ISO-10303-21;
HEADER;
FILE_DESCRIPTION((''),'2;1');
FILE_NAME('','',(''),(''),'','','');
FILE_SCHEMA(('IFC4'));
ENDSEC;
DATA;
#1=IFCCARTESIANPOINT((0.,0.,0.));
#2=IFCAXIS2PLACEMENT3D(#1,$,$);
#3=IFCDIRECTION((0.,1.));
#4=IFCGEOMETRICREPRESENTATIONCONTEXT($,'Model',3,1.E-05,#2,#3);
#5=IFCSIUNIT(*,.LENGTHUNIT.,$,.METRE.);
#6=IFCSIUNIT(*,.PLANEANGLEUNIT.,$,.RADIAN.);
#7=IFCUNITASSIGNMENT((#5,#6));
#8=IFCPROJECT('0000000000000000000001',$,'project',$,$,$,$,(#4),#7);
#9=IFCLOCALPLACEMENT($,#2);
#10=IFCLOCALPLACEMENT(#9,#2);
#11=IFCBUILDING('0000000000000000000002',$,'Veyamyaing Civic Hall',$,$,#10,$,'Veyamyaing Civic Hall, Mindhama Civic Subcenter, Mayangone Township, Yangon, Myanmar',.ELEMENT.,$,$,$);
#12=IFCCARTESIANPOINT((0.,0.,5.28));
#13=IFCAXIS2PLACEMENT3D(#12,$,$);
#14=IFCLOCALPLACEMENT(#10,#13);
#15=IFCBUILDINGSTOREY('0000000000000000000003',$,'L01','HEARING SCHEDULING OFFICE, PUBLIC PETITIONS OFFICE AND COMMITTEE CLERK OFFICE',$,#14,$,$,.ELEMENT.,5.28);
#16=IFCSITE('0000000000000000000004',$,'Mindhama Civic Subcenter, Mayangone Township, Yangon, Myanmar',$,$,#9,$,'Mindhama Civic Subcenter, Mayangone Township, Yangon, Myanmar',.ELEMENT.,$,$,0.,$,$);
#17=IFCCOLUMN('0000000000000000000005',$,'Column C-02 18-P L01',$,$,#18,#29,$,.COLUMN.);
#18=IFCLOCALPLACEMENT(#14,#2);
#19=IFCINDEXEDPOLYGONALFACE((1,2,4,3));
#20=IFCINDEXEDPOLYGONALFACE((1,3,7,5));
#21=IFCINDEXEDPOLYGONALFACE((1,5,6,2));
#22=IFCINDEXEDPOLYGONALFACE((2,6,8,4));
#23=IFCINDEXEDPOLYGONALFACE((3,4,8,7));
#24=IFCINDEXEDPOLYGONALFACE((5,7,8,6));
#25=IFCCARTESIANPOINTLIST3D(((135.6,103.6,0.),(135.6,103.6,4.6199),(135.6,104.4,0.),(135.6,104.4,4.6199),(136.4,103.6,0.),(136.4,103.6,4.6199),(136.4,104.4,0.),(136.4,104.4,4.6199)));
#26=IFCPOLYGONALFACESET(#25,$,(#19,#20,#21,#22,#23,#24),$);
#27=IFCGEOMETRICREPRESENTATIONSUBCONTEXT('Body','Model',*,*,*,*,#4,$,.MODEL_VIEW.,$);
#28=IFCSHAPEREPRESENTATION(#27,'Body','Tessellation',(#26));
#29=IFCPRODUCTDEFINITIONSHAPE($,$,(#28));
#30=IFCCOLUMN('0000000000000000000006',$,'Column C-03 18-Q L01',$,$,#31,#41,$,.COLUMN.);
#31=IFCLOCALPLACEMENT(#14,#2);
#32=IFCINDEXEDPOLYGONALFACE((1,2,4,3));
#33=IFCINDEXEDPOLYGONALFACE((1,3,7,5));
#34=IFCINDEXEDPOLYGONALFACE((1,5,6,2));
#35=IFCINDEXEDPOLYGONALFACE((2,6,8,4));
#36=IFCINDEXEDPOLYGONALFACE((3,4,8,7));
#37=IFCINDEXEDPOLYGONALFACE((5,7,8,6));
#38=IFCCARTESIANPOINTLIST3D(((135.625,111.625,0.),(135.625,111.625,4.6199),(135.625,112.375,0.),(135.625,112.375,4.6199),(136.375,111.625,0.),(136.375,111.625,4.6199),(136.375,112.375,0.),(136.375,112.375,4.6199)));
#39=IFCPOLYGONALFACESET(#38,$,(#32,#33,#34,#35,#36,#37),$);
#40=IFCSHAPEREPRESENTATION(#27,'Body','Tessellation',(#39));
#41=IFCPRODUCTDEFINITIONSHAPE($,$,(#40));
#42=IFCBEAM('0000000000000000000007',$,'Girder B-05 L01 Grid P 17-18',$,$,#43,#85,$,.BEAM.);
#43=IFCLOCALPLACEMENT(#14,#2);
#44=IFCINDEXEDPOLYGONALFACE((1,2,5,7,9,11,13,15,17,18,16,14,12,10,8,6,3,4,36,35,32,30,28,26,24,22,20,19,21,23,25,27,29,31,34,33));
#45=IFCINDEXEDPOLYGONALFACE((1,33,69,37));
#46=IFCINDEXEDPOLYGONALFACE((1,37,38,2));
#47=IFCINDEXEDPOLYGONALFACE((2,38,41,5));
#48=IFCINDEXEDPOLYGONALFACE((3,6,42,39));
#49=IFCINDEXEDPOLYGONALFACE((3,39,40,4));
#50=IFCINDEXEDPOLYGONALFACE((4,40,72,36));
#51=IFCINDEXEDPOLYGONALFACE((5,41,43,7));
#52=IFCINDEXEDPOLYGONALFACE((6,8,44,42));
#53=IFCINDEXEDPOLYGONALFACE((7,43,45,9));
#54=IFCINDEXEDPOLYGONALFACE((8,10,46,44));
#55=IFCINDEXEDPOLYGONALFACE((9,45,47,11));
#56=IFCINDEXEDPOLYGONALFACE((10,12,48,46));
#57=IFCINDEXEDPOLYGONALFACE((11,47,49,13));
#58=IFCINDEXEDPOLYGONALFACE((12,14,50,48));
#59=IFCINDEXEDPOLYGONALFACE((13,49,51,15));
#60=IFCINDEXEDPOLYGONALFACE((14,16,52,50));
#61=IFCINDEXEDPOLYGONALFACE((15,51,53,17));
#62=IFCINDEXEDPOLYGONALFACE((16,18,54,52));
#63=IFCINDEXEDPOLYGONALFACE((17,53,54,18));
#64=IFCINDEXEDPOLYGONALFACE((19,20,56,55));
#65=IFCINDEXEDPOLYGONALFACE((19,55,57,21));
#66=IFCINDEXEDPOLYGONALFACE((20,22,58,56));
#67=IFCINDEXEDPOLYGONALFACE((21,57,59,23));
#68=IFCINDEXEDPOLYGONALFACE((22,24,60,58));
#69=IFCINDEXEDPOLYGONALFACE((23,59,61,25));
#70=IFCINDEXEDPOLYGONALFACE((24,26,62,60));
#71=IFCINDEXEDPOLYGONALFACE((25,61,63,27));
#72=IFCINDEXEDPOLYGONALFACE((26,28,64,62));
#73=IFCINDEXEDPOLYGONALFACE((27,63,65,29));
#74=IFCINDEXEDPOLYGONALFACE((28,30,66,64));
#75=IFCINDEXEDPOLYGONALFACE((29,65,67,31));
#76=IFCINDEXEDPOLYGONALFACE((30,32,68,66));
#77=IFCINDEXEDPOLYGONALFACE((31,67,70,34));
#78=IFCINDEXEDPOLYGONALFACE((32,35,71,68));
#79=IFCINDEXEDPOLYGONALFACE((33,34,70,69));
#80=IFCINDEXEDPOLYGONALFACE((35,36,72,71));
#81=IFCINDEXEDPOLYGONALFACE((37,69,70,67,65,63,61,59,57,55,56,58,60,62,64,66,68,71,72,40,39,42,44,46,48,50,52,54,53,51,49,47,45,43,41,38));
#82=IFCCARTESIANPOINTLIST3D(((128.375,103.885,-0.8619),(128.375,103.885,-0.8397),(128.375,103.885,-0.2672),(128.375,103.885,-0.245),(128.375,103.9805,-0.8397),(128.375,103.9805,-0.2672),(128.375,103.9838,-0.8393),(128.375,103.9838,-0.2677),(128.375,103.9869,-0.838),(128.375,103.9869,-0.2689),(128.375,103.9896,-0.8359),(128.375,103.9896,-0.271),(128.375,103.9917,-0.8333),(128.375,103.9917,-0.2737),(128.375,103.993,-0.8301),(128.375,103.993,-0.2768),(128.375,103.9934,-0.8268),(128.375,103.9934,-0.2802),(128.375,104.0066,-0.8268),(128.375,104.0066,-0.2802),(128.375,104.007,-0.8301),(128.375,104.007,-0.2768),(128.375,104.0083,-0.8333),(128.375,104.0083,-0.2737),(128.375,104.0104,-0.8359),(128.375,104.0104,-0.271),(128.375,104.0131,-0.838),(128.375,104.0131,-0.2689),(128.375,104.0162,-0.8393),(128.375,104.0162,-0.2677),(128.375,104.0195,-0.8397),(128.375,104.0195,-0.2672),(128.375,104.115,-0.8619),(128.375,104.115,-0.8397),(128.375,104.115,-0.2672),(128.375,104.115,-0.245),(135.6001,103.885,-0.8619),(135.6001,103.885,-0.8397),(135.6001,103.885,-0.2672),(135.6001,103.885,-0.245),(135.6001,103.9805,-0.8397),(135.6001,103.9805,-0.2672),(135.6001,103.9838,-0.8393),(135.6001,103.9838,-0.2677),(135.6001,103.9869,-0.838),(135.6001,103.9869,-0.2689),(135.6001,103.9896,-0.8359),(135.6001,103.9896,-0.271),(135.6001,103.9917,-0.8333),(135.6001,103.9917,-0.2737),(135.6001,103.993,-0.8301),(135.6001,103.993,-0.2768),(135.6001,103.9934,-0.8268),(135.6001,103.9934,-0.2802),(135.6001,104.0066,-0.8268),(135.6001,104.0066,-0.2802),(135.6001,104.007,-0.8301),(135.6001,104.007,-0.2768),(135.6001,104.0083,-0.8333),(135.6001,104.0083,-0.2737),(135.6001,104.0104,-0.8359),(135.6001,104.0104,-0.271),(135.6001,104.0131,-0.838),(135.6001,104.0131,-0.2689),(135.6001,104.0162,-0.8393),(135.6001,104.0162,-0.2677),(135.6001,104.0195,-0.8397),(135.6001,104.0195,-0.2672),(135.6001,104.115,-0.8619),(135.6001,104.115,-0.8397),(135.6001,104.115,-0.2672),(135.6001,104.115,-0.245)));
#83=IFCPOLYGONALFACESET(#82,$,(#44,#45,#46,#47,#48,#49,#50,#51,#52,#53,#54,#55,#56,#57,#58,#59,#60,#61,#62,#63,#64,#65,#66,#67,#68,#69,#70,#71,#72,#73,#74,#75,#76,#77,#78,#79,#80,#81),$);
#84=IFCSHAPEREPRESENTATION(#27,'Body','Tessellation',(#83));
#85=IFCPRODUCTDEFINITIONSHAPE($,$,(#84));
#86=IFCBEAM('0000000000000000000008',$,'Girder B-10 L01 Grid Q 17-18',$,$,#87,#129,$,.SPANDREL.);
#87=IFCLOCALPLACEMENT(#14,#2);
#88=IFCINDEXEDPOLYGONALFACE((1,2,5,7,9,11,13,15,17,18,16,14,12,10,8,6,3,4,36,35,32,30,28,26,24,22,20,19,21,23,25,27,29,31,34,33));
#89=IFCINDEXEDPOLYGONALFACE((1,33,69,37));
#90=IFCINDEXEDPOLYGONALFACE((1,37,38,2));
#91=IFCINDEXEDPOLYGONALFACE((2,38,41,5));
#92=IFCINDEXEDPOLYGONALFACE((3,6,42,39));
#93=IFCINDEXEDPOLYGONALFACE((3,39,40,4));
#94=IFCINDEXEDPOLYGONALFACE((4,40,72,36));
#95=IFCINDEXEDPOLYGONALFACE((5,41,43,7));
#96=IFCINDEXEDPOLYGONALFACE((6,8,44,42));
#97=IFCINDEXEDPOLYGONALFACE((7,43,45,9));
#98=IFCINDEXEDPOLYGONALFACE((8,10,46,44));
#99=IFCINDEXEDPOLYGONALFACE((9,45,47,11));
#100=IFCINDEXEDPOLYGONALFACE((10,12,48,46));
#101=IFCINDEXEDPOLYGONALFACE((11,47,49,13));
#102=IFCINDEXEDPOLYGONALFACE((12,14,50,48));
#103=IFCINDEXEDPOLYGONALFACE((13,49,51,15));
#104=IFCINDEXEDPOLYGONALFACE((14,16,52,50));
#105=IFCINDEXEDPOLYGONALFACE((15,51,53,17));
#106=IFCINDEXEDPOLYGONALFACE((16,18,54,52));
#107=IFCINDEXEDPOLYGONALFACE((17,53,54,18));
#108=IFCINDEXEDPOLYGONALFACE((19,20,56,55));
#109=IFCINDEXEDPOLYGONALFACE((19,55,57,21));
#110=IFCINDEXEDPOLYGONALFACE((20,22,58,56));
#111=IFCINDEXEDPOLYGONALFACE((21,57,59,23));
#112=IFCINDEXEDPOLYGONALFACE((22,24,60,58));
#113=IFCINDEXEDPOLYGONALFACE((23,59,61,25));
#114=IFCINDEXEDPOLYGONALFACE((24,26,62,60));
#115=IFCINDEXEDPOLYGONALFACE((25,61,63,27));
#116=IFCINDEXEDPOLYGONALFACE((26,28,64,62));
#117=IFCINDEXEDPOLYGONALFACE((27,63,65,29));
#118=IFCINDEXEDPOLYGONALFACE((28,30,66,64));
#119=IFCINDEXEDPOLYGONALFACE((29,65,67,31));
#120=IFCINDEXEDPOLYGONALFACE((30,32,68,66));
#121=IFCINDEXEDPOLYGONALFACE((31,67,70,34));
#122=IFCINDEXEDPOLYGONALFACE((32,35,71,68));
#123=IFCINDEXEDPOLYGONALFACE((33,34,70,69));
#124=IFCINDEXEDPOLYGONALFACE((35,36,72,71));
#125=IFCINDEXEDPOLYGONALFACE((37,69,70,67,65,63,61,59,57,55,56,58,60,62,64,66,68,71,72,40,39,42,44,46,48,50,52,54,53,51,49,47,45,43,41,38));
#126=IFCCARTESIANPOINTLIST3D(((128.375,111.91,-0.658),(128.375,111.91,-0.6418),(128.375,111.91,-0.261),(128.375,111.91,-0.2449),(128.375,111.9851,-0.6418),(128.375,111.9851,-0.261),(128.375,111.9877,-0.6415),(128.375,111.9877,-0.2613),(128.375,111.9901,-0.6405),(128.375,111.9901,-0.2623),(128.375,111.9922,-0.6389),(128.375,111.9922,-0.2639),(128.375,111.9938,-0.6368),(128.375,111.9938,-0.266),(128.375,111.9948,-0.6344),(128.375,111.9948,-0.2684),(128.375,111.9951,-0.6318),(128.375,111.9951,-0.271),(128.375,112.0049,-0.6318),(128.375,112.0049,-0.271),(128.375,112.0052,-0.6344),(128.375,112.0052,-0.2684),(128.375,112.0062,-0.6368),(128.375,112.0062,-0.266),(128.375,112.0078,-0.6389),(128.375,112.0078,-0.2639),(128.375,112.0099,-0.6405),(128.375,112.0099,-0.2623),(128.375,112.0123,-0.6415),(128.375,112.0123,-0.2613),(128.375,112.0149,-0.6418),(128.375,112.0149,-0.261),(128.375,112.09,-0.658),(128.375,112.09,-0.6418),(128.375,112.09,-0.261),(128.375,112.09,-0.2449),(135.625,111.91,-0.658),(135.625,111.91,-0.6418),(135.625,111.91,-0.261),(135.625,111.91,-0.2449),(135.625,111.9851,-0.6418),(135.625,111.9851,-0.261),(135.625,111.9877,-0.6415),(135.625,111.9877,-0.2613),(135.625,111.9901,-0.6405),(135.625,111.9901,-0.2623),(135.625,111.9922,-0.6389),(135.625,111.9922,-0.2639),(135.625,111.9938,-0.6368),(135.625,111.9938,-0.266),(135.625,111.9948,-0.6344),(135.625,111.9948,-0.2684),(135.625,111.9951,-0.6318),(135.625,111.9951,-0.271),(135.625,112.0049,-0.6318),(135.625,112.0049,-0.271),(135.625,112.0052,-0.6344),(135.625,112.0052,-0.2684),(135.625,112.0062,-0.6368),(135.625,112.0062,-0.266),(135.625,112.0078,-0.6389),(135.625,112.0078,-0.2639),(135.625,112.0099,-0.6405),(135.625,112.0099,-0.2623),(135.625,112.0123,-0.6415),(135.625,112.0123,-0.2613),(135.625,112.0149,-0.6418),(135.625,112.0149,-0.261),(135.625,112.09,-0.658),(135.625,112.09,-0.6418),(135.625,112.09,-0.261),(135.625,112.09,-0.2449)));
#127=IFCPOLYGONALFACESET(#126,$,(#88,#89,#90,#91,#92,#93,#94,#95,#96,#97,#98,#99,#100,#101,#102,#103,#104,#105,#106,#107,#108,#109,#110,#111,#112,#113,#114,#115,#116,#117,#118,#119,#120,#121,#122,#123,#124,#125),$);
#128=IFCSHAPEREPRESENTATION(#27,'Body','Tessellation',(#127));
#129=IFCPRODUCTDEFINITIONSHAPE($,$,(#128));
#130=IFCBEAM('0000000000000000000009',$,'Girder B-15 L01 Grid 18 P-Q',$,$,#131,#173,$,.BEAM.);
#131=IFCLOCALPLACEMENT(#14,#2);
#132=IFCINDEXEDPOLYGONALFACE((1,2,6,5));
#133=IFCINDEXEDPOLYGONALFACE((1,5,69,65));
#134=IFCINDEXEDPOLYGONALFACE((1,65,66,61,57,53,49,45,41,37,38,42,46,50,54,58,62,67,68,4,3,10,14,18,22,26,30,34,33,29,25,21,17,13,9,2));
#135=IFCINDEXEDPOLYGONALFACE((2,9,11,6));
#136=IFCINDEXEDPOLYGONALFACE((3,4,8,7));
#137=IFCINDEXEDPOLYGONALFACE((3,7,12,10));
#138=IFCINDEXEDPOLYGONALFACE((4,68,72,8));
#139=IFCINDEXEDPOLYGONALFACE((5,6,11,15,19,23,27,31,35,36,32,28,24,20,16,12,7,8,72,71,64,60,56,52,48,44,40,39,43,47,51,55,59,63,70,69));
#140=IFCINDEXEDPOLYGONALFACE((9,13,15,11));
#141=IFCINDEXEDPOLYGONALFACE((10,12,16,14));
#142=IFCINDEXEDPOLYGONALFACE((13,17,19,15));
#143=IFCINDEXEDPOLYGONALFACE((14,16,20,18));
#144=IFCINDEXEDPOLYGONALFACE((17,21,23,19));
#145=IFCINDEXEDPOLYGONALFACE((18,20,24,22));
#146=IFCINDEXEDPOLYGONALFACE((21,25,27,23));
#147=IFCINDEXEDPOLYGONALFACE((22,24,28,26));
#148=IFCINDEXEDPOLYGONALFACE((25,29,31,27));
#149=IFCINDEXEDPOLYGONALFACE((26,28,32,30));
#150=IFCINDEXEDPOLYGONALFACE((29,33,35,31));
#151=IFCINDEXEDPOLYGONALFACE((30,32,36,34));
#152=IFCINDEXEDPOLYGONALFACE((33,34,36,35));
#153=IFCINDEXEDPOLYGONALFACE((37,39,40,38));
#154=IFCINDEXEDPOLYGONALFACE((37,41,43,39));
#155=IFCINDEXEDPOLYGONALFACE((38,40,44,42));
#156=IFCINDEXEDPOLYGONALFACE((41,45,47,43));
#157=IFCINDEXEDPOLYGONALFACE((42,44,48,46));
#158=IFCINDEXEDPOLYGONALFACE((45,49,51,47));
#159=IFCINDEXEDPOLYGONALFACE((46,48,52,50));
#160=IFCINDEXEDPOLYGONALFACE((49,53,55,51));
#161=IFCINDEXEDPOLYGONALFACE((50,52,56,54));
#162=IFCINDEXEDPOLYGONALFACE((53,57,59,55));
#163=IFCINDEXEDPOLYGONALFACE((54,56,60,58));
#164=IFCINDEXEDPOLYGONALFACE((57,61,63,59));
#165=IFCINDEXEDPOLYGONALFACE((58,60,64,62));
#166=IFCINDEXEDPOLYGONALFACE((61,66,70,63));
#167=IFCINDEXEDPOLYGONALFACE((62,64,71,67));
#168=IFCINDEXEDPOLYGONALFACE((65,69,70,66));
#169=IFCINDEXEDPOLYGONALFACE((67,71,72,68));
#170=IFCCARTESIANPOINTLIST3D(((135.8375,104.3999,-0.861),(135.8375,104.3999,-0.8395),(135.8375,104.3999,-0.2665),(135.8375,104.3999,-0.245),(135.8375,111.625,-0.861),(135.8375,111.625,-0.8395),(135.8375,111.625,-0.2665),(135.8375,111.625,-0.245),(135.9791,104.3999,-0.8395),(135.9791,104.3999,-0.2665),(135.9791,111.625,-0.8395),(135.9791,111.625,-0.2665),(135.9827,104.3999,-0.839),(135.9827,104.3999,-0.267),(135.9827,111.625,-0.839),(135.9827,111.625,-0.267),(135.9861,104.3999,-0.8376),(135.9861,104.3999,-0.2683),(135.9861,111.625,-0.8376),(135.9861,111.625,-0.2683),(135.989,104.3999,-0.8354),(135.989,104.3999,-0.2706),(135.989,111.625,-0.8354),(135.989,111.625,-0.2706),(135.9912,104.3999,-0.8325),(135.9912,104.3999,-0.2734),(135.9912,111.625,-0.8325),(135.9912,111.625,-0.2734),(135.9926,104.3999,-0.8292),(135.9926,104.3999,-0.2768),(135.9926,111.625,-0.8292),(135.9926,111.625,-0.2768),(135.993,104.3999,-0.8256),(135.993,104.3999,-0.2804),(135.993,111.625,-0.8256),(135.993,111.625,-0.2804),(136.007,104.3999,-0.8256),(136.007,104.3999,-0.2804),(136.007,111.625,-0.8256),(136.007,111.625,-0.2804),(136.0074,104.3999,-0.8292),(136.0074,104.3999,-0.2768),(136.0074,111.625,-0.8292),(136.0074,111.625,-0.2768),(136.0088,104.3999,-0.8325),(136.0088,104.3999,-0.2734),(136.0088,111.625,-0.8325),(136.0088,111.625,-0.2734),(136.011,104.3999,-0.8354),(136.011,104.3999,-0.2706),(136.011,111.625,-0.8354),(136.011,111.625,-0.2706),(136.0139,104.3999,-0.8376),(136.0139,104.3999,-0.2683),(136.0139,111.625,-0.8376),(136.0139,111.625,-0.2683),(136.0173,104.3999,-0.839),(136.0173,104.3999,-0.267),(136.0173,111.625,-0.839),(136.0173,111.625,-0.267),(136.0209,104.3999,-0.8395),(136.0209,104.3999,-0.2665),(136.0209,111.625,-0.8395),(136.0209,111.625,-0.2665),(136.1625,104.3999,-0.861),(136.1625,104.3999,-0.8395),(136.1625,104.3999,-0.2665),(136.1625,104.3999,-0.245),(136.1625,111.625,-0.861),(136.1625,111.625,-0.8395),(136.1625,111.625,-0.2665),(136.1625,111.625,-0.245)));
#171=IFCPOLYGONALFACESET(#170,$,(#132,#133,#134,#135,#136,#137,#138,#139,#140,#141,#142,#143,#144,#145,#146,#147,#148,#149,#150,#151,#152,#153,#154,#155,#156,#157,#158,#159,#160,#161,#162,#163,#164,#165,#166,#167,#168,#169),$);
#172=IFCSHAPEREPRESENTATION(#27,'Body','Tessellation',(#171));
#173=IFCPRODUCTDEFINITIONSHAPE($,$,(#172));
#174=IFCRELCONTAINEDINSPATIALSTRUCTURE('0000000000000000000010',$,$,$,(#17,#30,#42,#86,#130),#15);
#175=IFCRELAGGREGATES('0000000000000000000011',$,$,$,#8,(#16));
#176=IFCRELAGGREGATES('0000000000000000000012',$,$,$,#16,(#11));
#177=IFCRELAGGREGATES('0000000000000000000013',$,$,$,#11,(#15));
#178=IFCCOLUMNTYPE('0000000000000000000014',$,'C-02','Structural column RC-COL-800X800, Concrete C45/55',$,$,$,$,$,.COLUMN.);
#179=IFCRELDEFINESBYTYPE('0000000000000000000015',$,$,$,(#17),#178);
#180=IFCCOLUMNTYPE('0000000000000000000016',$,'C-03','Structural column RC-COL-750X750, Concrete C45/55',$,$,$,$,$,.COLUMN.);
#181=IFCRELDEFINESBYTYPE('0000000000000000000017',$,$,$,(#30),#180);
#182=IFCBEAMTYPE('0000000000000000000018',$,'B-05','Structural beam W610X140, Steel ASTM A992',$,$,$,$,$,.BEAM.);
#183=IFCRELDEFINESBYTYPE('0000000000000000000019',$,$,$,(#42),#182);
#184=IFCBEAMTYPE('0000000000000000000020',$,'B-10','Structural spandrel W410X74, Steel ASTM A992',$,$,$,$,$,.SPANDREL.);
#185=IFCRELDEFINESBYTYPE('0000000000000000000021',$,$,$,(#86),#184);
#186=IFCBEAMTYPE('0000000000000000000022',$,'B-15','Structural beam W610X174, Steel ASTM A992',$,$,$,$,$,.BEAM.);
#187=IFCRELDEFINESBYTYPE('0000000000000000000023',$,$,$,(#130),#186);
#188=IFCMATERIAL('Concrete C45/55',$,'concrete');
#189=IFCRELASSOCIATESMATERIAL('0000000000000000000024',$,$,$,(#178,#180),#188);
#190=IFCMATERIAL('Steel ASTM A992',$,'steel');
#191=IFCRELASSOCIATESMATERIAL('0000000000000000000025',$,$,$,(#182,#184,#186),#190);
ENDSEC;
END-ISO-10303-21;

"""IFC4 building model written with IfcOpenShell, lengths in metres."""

from ifc_helpers import new_model, si_unit, direction, frame, origin, origin_2d, place, context, subcontext, project, spatial, rectangle, i_section, extrude, material, material_profile, profile_set, type_object, element, save


model = new_model("IFC4")

# Units and contexts
model_context = context("Model", 3, precision=1e-05, world=origin(), true_north=direction((0.0, 1.0)))
body_context = subcontext(model_context, "Body", "Model", "MODEL_VIEW")
ifc_project = project(units=[si_unit("LENGTHUNIT", "METRE"), si_unit("PLANEANGLEUNIT", "RADIAN")], contexts=[model_context])

# Site, building, storey
site_placement = place(None, origin())
site = spatial("IfcSite", under=ifc_project, at=site_placement, Name="Mindhama Civic Subcenter, Mayangone Township, Yangon, Myanmar", LongName="Mindhama Civic Subcenter, Mayangone Township, Yangon, Myanmar", CompositionType="ELEMENT", RefElevation=0.0)
building_placement = place(site_placement, origin())
building = spatial("IfcBuilding", under=site, at=building_placement, Name="Veyamyaing Civic Hall", LongName="Veyamyaing Civic Hall, Mindhama Civic Subcenter, Mayangone Township, Yangon, Myanmar", CompositionType="ELEMENT")
storey_placement = place(building_placement, frame((0.0, 0.0, 5.28)))
storey = spatial("IfcBuildingStorey", under=building, at=storey_placement, Name="L01", Description="HEARING SCHEDULING OFFICE, PUBLIC PETITIONS OFFICE AND COMMITTEE CLERK OFFICE", CompositionType="ELEMENT", Elevation=5.28)

# Columns
ifc_material_1 = material(Name="Concrete C45/55", Category="concrete")
ifc_material_profile_1 = material_profile(ifc_material_1, rectangle(XDim=0.8, YDim=0.8, at=origin_2d()), Name="RC-COL-800X800")
ifc_profile_set_1 = profile_set([ifc_material_profile_1], Name="Concrete C45/55")
column_type_1 = type_object("IfcColumnType", Name="C-02", Description="Structural column RC-COL-800X800, Concrete C45/55", PredefinedType="COLUMN", material=ifc_profile_set_1)
column_1_placement = place(storey_placement, frame((136.0, 104.0, 0.0), z_axis=(0.0, 0.0, 1.0), x_axis=(1.0, 0.0, 0.0)))
element("IfcColumn", 1, at=column_1_placement, inside=storey, type_object=column_type_1, Name="Column C-02 18-P L01", PredefinedType="COLUMN", context=body_context, shape_type="SweptSolid", body=[
    extrude(rectangle(XDim=0.8, YDim=0.8, at=origin_2d()), origin(), (0.0, 0.0, 1.0), 4.6199),
])
ifc_material_profile_2 = material_profile(ifc_material_1, rectangle(XDim=0.75, YDim=0.75, at=origin_2d()), Name="RC-COL-750X750")
ifc_profile_set_2 = profile_set([ifc_material_profile_2], Name="Concrete C45/55")
column_type_2 = type_object("IfcColumnType", Name="C-03", Description="Structural column RC-COL-750X750, Concrete C45/55", PredefinedType="COLUMN", material=ifc_profile_set_2)
column_2_placement = place(storey_placement, frame((136.0, 112.0, 0.0), z_axis=(0.0, 0.0, 1.0), x_axis=(1.0, 0.0, 0.0)))
element("IfcColumn", 2, at=column_2_placement, inside=storey, type_object=column_type_2, Name="Column C-03 18-Q L01", PredefinedType="COLUMN", context=body_context, shape_type="SweptSolid", body=[
    extrude(rectangle(XDim=0.75, YDim=0.75, at=origin_2d()), origin(), (0.0, 0.0, 1.0), 4.6199),
])

# Beams
ifc_material_2 = material(Name="Steel ASTM A992", Category="steel")
ifc_material_profile_3 = material_profile(ifc_material_2, i_section(OverallWidth=0.23, OverallDepth=0.6169, WebThickness=0.0132, FlangeThickness=0.0222, FilletRadius=0.0129, at=origin_2d()), Name="W610X140")
ifc_profile_set_3 = profile_set([ifc_material_profile_3], Name="Steel ASTM A992")
beam_type_1 = type_object("IfcBeamType", Name="B-05", Description="Structural beam W610X140, Steel ASTM A992", PredefinedType="BEAM", material=ifc_profile_set_3)
beam_1_placement = place(storey_placement, frame((128.375, 104.0, -0.5535), z_axis=(1.0, 0.0, 0.0), x_axis=(0.0, 1.0, 0.0)))
element("IfcBeam", 3, at=beam_1_placement, inside=storey, type_object=beam_type_1, Name="Girder B-05 L01 Grid P 17-18", PredefinedType="BEAM", context=body_context, shape_type="SweptSolid", body=[
    extrude(i_section(OverallWidth=0.23, OverallDepth=0.6169, WebThickness=0.0132, FlangeThickness=0.0222, FilletRadius=0.0129, at=origin_2d()), origin(), (0.0, 0.0, 1.0), 7.2251),
])
ifc_material_profile_4 = material_profile(ifc_material_2, i_section(OverallWidth=0.1799, OverallDepth=0.4131, WebThickness=0.0098, FlangeThickness=0.0161, FilletRadius=0.01, at=origin_2d()), Name="W410X74")
ifc_profile_set_4 = profile_set([ifc_material_profile_4], Name="Steel ASTM A992")
beam_type_2 = type_object("IfcBeamType", Name="B-10", Description="Structural spandrel W410X74, Steel ASTM A992", PredefinedType="SPANDREL", material=ifc_profile_set_4)
beam_2_placement = place(storey_placement, frame((128.375, 112.0, -0.4514), z_axis=(1.0, 0.0, 0.0), x_axis=(0.0, 1.0, 0.0)))
element("IfcBeam", 4, at=beam_2_placement, inside=storey, type_object=beam_type_2, Name="Girder B-10 L01 Grid Q 17-18", PredefinedType="SPANDREL", context=body_context, shape_type="SweptSolid", body=[
    extrude(i_section(OverallWidth=0.1799, OverallDepth=0.4131, WebThickness=0.0098, FlangeThickness=0.0161, FilletRadius=0.01, at=origin_2d()), origin(), (0.0, 0.0, 1.0), 7.25),
])
ifc_material_profile_5 = material_profile(ifc_material_2, i_section(OverallWidth=0.325, OverallDepth=0.616, WebThickness=0.0139, FlangeThickness=0.0215, FilletRadius=0.0139, at=origin_2d()), Name="W610X174")
ifc_profile_set_5 = profile_set([ifc_material_profile_5], Name="Steel ASTM A992")
beam_type_3 = type_object("IfcBeamType", Name="B-15", Description="Structural beam W610X174, Steel ASTM A992", PredefinedType="BEAM", material=ifc_profile_set_5)
beam_3_placement = place(storey_placement, frame((136.0, 104.3999, -0.553), z_axis=(0.0, 1.0, 0.0), x_axis=(-1.0, 0.0, 0.0)))
element("IfcBeam", 5, at=beam_3_placement, inside=storey, type_object=beam_type_3, Name="Girder B-15 L01 Grid 18 P-Q", PredefinedType="BEAM", context=body_context, shape_type="SweptSolid", body=[
    extrude(i_section(OverallWidth=0.325, OverallDepth=0.616, WebThickness=0.0139, FlangeThickness=0.0215, FilletRadius=0.0139, at=origin_2d()), origin(), (0.0, 0.0, 1.0), 7.2251),
])

save(model, "model.ifc")
